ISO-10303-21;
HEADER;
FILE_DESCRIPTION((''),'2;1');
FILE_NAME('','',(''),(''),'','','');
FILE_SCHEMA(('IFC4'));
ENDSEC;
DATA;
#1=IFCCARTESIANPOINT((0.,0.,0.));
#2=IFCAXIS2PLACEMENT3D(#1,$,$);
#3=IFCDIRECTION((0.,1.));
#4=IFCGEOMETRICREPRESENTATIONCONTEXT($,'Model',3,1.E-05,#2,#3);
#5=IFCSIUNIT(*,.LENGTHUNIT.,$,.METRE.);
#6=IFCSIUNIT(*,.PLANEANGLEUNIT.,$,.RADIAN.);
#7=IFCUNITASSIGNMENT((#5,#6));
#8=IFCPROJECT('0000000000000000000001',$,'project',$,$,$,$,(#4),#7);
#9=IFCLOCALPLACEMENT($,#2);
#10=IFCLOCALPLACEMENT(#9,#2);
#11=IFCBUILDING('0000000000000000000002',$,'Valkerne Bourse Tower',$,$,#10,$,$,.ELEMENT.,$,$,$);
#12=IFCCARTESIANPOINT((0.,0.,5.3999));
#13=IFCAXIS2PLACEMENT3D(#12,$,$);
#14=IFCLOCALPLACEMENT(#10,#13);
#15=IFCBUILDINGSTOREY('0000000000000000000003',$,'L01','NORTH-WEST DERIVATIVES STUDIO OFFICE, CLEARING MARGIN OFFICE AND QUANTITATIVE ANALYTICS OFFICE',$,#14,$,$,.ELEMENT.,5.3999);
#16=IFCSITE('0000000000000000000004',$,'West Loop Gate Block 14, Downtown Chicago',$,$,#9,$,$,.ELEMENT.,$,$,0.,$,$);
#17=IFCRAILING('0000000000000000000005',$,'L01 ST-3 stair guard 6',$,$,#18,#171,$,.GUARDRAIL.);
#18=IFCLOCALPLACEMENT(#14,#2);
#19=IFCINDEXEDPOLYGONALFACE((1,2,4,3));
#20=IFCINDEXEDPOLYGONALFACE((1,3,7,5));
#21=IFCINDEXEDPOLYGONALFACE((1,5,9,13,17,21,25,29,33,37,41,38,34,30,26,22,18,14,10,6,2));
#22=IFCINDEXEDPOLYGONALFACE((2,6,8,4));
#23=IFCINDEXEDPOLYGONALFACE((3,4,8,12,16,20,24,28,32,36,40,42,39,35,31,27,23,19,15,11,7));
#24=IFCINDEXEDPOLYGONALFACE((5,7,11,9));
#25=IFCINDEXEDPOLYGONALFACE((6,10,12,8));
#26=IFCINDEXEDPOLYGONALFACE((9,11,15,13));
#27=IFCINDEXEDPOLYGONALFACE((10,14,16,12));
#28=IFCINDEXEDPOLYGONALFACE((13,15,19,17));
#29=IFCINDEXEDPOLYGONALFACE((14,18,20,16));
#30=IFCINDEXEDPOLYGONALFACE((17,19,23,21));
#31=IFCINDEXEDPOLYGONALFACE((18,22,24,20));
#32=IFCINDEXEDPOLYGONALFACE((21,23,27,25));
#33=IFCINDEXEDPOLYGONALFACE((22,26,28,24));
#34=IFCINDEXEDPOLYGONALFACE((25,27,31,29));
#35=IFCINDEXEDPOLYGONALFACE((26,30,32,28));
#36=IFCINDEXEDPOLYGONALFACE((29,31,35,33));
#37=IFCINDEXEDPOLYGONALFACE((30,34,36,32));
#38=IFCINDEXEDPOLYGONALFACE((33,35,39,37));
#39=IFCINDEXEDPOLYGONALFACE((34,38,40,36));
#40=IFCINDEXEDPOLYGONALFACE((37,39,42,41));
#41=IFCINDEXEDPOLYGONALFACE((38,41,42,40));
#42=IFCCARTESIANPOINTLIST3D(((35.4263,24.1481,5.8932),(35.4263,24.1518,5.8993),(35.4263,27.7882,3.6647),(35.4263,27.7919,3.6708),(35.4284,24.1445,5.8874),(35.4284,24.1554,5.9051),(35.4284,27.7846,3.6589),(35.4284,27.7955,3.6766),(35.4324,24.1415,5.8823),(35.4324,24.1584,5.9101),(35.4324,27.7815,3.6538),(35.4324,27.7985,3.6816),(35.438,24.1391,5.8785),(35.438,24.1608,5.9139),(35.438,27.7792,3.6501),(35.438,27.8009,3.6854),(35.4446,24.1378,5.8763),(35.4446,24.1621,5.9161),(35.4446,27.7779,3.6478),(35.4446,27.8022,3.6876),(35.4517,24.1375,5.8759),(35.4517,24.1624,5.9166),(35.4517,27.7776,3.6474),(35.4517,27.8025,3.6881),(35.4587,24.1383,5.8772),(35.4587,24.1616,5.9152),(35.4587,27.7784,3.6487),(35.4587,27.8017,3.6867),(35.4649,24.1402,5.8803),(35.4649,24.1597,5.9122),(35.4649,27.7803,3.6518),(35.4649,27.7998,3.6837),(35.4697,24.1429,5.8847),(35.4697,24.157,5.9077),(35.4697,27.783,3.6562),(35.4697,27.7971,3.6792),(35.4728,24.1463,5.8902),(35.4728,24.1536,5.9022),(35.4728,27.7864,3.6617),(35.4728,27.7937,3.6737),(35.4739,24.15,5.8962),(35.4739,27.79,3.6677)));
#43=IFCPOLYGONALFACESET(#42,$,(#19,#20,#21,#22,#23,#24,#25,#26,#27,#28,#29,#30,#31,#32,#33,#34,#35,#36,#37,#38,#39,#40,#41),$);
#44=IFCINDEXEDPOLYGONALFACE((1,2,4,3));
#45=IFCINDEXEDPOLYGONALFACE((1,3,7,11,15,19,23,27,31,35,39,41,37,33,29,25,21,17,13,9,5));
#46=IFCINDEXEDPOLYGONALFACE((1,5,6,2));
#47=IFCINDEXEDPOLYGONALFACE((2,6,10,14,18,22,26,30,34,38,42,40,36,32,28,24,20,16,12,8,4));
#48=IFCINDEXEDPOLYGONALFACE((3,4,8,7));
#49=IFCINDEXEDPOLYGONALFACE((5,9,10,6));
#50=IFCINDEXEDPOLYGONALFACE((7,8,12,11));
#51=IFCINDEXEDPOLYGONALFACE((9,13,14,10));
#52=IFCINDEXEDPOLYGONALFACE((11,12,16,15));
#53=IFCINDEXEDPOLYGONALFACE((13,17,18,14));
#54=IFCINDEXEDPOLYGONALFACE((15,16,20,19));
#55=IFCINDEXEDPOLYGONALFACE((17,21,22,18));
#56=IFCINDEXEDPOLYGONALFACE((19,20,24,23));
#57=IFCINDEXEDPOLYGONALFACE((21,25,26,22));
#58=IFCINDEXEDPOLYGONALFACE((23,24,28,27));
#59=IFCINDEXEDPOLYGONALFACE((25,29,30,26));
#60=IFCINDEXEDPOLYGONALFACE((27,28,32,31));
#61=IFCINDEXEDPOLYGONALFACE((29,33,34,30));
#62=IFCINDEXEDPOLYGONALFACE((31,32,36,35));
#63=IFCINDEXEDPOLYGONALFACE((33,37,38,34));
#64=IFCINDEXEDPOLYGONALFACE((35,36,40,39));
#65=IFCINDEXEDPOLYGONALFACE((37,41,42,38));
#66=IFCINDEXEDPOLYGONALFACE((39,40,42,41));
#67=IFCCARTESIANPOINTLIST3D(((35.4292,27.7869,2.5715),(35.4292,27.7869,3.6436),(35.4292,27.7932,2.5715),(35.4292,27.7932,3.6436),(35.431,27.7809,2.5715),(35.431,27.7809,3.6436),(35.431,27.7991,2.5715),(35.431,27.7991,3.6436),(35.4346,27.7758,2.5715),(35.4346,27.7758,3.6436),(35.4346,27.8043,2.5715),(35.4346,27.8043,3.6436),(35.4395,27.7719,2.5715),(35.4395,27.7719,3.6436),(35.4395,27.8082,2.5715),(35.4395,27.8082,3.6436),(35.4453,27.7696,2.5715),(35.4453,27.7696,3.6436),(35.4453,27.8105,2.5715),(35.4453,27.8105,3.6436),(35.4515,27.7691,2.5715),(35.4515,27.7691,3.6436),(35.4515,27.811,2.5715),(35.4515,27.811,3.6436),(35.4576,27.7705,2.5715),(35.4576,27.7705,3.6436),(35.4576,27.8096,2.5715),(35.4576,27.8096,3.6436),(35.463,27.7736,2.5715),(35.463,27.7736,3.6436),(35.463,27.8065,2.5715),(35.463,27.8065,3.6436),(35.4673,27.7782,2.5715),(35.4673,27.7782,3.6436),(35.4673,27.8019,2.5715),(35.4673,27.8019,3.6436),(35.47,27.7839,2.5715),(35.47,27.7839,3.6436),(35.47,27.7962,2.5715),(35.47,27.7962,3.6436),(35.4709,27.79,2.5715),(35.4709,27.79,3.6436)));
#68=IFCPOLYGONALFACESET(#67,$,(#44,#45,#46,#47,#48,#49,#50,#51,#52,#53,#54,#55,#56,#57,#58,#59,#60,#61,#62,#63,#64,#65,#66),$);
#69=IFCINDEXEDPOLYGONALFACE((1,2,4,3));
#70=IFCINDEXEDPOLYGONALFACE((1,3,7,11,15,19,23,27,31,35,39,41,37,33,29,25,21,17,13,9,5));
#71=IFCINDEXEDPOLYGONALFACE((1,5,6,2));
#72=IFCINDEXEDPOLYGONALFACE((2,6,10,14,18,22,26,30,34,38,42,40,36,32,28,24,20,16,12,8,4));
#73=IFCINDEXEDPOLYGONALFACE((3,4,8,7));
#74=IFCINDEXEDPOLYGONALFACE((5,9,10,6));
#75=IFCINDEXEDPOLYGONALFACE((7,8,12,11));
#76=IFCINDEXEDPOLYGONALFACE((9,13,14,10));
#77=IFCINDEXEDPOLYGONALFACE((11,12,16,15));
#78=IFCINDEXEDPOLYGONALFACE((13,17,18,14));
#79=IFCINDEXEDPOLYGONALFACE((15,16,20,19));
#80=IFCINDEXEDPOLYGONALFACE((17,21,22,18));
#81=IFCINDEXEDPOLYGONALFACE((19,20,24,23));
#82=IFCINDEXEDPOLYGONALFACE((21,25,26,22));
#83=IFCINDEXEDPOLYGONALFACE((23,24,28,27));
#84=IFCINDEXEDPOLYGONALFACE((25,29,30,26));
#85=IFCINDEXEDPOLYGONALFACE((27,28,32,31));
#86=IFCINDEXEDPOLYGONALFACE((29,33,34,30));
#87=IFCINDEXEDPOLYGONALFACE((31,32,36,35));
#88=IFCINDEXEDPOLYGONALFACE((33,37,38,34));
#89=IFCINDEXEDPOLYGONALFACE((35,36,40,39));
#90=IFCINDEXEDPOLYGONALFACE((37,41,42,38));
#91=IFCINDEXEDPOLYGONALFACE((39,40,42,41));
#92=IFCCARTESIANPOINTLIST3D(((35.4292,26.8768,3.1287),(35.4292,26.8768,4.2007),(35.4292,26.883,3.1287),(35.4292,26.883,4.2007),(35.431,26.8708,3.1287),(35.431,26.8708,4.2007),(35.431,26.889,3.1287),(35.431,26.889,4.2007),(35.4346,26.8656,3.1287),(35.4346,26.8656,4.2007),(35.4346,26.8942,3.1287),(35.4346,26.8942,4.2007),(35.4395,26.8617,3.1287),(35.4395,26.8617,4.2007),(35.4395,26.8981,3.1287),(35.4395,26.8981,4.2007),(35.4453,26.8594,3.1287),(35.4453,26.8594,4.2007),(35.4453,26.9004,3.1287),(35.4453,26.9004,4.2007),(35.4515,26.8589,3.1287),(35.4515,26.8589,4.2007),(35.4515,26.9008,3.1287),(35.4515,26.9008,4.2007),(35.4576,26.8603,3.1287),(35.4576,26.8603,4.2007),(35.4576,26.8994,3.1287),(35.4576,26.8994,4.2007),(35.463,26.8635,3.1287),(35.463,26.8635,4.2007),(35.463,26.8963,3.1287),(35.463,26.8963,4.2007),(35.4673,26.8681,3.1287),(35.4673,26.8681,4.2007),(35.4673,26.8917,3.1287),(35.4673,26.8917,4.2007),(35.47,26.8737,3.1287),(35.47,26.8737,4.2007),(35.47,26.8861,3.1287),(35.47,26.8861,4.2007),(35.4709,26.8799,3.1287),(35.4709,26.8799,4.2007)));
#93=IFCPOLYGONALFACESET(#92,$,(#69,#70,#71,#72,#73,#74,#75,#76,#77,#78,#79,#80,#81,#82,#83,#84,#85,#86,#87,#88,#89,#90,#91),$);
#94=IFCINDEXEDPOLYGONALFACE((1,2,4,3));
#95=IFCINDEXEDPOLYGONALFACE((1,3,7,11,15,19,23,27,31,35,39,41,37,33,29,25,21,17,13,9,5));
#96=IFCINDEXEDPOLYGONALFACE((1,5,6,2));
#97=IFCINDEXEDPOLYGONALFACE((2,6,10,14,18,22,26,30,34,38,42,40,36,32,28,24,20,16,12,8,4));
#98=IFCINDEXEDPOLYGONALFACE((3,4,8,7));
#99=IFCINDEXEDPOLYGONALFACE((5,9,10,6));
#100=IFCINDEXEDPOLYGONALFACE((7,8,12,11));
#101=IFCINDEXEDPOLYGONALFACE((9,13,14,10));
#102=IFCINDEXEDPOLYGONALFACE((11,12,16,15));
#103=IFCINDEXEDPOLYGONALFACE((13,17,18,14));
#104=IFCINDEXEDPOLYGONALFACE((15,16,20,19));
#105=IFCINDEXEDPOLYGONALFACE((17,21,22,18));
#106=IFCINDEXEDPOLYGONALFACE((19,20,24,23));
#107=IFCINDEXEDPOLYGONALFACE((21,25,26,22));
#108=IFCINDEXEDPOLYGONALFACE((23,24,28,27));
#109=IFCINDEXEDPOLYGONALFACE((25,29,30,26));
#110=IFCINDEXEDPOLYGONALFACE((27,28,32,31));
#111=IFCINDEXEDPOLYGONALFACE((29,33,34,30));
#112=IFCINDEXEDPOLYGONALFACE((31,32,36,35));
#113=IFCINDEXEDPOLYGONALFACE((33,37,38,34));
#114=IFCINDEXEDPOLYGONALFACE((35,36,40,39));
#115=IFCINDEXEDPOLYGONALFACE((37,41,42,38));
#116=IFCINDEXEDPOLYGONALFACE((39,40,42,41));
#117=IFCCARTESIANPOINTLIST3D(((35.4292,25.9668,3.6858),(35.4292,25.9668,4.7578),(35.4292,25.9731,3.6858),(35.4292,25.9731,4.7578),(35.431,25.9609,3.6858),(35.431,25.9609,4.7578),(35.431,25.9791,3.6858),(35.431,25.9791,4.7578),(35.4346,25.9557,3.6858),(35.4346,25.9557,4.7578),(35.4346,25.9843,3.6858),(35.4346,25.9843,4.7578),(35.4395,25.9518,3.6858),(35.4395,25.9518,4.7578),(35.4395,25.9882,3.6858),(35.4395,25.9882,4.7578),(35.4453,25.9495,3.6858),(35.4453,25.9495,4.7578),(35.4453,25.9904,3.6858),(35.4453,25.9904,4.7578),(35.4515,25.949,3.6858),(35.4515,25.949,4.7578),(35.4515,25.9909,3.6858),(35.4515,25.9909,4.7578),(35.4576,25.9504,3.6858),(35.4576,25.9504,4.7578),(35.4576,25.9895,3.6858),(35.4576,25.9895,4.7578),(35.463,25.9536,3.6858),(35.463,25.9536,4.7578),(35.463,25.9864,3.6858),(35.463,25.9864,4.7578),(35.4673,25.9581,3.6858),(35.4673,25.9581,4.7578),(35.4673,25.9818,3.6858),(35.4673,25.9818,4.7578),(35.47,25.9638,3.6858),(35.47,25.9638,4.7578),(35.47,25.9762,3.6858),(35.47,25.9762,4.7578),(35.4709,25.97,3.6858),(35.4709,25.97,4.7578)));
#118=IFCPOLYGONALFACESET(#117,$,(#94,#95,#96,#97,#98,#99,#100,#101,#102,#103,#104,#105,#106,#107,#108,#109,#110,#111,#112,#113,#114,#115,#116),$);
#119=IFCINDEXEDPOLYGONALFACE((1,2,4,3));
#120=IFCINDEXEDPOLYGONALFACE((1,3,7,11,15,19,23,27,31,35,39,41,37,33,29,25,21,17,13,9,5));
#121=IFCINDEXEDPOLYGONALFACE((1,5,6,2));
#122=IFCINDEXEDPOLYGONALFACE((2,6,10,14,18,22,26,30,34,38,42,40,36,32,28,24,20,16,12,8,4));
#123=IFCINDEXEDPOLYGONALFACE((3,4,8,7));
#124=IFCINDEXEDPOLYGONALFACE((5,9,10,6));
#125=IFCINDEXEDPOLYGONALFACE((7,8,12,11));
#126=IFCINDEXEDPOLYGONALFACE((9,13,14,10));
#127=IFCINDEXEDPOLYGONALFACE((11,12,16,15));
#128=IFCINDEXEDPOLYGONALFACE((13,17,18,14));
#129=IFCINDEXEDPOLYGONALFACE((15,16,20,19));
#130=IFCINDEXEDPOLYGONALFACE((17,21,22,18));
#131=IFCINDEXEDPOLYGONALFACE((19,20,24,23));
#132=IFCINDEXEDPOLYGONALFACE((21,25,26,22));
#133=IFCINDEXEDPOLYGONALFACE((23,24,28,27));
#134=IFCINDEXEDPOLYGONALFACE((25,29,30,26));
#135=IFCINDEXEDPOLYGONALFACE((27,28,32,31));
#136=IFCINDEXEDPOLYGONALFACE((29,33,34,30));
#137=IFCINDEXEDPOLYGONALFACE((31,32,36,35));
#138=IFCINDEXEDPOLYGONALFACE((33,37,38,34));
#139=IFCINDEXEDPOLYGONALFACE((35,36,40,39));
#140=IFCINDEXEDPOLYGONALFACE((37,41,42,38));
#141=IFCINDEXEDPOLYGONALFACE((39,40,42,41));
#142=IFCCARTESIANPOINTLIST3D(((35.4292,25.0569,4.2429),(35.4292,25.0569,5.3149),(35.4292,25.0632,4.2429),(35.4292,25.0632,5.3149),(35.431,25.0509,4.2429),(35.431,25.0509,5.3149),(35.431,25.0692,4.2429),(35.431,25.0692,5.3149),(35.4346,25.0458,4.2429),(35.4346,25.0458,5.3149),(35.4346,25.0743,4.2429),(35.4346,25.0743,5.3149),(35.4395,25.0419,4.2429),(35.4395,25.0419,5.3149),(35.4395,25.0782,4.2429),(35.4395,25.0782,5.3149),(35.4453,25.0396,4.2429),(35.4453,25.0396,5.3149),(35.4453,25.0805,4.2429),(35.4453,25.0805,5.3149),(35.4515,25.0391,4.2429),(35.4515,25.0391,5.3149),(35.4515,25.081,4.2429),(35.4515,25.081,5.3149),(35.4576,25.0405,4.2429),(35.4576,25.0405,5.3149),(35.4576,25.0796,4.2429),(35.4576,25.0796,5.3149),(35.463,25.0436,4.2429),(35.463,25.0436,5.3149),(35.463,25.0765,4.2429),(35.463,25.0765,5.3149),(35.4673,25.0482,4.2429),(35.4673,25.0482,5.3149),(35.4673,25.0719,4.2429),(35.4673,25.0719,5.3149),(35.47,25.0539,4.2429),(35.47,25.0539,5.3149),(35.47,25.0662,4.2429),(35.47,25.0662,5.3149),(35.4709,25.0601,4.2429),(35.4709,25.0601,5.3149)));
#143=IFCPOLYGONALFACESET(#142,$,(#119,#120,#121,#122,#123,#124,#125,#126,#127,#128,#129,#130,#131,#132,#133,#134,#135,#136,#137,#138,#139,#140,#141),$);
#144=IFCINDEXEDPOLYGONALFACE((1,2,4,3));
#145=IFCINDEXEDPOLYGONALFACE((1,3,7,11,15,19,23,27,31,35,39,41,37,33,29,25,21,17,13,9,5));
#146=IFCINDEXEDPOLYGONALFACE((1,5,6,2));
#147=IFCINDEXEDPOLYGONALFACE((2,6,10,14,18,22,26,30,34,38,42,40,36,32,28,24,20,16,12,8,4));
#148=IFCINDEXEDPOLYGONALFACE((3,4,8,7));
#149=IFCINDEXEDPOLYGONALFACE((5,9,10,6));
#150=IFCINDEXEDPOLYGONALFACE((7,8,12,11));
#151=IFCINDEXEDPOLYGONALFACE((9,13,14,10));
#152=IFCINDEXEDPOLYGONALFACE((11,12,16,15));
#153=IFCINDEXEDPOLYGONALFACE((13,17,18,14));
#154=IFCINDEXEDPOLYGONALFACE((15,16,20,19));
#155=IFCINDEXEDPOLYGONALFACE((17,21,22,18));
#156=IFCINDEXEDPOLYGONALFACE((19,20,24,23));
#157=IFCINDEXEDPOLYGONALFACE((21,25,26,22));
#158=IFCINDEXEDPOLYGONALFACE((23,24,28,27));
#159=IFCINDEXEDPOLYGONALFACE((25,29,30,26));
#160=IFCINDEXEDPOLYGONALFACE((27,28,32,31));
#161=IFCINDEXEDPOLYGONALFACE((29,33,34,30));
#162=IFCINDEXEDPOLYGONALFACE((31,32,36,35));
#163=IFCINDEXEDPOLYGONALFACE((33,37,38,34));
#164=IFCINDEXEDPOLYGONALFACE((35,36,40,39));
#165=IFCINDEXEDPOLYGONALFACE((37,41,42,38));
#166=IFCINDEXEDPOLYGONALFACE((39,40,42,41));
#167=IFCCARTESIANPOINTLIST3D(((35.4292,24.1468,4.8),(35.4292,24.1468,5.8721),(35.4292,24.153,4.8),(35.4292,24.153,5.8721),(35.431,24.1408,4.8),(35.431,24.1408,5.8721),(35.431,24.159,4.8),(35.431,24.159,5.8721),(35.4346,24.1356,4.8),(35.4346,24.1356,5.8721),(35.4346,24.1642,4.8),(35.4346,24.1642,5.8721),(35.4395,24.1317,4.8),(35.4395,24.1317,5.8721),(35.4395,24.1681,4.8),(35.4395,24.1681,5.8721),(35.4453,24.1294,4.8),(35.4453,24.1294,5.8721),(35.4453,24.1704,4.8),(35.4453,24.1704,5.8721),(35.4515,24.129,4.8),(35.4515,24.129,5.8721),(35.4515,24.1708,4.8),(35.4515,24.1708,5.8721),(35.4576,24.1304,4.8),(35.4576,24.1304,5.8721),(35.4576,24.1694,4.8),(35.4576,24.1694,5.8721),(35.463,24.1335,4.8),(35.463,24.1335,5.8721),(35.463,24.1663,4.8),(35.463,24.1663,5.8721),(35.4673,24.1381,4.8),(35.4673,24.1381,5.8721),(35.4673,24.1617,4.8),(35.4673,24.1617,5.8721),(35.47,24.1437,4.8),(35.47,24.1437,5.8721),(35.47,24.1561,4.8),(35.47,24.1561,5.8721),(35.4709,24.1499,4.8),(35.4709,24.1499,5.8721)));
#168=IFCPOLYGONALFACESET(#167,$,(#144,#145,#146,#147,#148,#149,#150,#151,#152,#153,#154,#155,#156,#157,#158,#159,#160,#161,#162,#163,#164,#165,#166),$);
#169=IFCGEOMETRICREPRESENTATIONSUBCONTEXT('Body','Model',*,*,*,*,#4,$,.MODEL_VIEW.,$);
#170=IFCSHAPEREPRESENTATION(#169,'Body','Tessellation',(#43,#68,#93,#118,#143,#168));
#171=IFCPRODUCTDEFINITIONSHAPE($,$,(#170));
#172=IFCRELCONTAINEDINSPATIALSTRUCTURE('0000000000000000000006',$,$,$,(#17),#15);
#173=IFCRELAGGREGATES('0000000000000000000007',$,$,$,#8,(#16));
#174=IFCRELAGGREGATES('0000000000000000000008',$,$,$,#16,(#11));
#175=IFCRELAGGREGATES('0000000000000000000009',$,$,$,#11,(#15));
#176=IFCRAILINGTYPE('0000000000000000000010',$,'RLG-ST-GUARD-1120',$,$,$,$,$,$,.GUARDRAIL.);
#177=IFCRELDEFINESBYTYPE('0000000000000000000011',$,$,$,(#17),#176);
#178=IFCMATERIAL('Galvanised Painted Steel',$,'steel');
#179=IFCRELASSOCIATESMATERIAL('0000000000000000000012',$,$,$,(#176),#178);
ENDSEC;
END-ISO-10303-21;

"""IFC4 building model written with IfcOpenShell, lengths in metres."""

from ifc_helpers import new_model, si_unit, direction, frame, origin, origin_2d, place, context, subcontext, project, spatial, circle, extrude, material, type_object, element, save


model = new_model("IFC4")

# Units and contexts
model_context = context("Model", 3, precision=1e-05, world=origin(), true_north=direction((0.0, 1.0)))
body_context = subcontext(model_context, "Body", "Model", "MODEL_VIEW")
ifc_project = project(units=[si_unit("LENGTHUNIT", "METRE"), si_unit("PLANEANGLEUNIT", "RADIAN")], contexts=[model_context])

# Site, building, storey
site_placement = place(None, origin())
site = spatial("IfcSite", under=ifc_project, at=site_placement, Name="West Loop Gate Block 14, Downtown Chicago", CompositionType="ELEMENT", RefElevation=0.0)
building_placement = place(site_placement, origin())
building = spatial("IfcBuilding", under=site, at=building_placement, Name="Valkerne Bourse Tower", CompositionType="ELEMENT")
storey_placement = place(building_placement, frame((0.0, 0.0, 5.3999)))
storey = spatial("IfcBuildingStorey", under=building, at=storey_placement, Name="L01", Description="NORTH-WEST DERIVATIVES STUDIO OFFICE, CLEARING MARGIN OFFICE AND QUANTITATIVE ANALYTICS OFFICE", CompositionType="ELEMENT", Elevation=5.3999)

# Shared definitions
ifc_material_1 = material(Name="Galvanised Painted Steel", Category="steel")

# Railing
railing_type_1 = type_object("IfcRailingType", Name="RLG-ST-GUARD-1120", PredefinedType="GUARDRAIL", material=ifc_material_1)
railing_1_placement = place(storey_placement, frame((35.45, 27.79, 2.5715)))
element("IfcRailing", 1, at=railing_1_placement, inside=storey, type_object=railing_type_1, Name="L01 ST-3 stair guard 6", PredefinedType="GUARDRAIL", context=body_context, shape_type="SweptSolid", body=[
    extrude(circle(Radius=0.0239, at=origin_2d()), frame((0.0, 0.0, 1.0962), z_axis=(0.0, -0.852866, 0.52213), x_axis=(1.0, 0.0, 0.0)), (0.0, 0.0, 1.0), 4.2681),
    extrude(circle(Radius=0.021, at=origin_2d()), origin(), (0.0, 0.0, 1.0), 1.072),
    extrude(circle(Radius=0.021, at=origin_2d()), frame((0.0, -0.9102, 0.5571)), (0.0, 0.0, 1.0), 1.072),
    extrude(circle(Radius=0.021, at=origin_2d()), frame((0.0, -1.8201, 1.1143)), (0.0, 0.0, 1.0), 1.072),
    extrude(circle(Radius=0.021, at=origin_2d()), frame((0.0, -2.73, 1.6714)), (0.0, 0.0, 1.0), 1.072),
    extrude(circle(Radius=0.021, at=origin_2d()), frame((0.0, -3.6401, 2.2285)), (0.0, 0.0, 1.0), 1.072),
])

save(model, "model.ifc")
